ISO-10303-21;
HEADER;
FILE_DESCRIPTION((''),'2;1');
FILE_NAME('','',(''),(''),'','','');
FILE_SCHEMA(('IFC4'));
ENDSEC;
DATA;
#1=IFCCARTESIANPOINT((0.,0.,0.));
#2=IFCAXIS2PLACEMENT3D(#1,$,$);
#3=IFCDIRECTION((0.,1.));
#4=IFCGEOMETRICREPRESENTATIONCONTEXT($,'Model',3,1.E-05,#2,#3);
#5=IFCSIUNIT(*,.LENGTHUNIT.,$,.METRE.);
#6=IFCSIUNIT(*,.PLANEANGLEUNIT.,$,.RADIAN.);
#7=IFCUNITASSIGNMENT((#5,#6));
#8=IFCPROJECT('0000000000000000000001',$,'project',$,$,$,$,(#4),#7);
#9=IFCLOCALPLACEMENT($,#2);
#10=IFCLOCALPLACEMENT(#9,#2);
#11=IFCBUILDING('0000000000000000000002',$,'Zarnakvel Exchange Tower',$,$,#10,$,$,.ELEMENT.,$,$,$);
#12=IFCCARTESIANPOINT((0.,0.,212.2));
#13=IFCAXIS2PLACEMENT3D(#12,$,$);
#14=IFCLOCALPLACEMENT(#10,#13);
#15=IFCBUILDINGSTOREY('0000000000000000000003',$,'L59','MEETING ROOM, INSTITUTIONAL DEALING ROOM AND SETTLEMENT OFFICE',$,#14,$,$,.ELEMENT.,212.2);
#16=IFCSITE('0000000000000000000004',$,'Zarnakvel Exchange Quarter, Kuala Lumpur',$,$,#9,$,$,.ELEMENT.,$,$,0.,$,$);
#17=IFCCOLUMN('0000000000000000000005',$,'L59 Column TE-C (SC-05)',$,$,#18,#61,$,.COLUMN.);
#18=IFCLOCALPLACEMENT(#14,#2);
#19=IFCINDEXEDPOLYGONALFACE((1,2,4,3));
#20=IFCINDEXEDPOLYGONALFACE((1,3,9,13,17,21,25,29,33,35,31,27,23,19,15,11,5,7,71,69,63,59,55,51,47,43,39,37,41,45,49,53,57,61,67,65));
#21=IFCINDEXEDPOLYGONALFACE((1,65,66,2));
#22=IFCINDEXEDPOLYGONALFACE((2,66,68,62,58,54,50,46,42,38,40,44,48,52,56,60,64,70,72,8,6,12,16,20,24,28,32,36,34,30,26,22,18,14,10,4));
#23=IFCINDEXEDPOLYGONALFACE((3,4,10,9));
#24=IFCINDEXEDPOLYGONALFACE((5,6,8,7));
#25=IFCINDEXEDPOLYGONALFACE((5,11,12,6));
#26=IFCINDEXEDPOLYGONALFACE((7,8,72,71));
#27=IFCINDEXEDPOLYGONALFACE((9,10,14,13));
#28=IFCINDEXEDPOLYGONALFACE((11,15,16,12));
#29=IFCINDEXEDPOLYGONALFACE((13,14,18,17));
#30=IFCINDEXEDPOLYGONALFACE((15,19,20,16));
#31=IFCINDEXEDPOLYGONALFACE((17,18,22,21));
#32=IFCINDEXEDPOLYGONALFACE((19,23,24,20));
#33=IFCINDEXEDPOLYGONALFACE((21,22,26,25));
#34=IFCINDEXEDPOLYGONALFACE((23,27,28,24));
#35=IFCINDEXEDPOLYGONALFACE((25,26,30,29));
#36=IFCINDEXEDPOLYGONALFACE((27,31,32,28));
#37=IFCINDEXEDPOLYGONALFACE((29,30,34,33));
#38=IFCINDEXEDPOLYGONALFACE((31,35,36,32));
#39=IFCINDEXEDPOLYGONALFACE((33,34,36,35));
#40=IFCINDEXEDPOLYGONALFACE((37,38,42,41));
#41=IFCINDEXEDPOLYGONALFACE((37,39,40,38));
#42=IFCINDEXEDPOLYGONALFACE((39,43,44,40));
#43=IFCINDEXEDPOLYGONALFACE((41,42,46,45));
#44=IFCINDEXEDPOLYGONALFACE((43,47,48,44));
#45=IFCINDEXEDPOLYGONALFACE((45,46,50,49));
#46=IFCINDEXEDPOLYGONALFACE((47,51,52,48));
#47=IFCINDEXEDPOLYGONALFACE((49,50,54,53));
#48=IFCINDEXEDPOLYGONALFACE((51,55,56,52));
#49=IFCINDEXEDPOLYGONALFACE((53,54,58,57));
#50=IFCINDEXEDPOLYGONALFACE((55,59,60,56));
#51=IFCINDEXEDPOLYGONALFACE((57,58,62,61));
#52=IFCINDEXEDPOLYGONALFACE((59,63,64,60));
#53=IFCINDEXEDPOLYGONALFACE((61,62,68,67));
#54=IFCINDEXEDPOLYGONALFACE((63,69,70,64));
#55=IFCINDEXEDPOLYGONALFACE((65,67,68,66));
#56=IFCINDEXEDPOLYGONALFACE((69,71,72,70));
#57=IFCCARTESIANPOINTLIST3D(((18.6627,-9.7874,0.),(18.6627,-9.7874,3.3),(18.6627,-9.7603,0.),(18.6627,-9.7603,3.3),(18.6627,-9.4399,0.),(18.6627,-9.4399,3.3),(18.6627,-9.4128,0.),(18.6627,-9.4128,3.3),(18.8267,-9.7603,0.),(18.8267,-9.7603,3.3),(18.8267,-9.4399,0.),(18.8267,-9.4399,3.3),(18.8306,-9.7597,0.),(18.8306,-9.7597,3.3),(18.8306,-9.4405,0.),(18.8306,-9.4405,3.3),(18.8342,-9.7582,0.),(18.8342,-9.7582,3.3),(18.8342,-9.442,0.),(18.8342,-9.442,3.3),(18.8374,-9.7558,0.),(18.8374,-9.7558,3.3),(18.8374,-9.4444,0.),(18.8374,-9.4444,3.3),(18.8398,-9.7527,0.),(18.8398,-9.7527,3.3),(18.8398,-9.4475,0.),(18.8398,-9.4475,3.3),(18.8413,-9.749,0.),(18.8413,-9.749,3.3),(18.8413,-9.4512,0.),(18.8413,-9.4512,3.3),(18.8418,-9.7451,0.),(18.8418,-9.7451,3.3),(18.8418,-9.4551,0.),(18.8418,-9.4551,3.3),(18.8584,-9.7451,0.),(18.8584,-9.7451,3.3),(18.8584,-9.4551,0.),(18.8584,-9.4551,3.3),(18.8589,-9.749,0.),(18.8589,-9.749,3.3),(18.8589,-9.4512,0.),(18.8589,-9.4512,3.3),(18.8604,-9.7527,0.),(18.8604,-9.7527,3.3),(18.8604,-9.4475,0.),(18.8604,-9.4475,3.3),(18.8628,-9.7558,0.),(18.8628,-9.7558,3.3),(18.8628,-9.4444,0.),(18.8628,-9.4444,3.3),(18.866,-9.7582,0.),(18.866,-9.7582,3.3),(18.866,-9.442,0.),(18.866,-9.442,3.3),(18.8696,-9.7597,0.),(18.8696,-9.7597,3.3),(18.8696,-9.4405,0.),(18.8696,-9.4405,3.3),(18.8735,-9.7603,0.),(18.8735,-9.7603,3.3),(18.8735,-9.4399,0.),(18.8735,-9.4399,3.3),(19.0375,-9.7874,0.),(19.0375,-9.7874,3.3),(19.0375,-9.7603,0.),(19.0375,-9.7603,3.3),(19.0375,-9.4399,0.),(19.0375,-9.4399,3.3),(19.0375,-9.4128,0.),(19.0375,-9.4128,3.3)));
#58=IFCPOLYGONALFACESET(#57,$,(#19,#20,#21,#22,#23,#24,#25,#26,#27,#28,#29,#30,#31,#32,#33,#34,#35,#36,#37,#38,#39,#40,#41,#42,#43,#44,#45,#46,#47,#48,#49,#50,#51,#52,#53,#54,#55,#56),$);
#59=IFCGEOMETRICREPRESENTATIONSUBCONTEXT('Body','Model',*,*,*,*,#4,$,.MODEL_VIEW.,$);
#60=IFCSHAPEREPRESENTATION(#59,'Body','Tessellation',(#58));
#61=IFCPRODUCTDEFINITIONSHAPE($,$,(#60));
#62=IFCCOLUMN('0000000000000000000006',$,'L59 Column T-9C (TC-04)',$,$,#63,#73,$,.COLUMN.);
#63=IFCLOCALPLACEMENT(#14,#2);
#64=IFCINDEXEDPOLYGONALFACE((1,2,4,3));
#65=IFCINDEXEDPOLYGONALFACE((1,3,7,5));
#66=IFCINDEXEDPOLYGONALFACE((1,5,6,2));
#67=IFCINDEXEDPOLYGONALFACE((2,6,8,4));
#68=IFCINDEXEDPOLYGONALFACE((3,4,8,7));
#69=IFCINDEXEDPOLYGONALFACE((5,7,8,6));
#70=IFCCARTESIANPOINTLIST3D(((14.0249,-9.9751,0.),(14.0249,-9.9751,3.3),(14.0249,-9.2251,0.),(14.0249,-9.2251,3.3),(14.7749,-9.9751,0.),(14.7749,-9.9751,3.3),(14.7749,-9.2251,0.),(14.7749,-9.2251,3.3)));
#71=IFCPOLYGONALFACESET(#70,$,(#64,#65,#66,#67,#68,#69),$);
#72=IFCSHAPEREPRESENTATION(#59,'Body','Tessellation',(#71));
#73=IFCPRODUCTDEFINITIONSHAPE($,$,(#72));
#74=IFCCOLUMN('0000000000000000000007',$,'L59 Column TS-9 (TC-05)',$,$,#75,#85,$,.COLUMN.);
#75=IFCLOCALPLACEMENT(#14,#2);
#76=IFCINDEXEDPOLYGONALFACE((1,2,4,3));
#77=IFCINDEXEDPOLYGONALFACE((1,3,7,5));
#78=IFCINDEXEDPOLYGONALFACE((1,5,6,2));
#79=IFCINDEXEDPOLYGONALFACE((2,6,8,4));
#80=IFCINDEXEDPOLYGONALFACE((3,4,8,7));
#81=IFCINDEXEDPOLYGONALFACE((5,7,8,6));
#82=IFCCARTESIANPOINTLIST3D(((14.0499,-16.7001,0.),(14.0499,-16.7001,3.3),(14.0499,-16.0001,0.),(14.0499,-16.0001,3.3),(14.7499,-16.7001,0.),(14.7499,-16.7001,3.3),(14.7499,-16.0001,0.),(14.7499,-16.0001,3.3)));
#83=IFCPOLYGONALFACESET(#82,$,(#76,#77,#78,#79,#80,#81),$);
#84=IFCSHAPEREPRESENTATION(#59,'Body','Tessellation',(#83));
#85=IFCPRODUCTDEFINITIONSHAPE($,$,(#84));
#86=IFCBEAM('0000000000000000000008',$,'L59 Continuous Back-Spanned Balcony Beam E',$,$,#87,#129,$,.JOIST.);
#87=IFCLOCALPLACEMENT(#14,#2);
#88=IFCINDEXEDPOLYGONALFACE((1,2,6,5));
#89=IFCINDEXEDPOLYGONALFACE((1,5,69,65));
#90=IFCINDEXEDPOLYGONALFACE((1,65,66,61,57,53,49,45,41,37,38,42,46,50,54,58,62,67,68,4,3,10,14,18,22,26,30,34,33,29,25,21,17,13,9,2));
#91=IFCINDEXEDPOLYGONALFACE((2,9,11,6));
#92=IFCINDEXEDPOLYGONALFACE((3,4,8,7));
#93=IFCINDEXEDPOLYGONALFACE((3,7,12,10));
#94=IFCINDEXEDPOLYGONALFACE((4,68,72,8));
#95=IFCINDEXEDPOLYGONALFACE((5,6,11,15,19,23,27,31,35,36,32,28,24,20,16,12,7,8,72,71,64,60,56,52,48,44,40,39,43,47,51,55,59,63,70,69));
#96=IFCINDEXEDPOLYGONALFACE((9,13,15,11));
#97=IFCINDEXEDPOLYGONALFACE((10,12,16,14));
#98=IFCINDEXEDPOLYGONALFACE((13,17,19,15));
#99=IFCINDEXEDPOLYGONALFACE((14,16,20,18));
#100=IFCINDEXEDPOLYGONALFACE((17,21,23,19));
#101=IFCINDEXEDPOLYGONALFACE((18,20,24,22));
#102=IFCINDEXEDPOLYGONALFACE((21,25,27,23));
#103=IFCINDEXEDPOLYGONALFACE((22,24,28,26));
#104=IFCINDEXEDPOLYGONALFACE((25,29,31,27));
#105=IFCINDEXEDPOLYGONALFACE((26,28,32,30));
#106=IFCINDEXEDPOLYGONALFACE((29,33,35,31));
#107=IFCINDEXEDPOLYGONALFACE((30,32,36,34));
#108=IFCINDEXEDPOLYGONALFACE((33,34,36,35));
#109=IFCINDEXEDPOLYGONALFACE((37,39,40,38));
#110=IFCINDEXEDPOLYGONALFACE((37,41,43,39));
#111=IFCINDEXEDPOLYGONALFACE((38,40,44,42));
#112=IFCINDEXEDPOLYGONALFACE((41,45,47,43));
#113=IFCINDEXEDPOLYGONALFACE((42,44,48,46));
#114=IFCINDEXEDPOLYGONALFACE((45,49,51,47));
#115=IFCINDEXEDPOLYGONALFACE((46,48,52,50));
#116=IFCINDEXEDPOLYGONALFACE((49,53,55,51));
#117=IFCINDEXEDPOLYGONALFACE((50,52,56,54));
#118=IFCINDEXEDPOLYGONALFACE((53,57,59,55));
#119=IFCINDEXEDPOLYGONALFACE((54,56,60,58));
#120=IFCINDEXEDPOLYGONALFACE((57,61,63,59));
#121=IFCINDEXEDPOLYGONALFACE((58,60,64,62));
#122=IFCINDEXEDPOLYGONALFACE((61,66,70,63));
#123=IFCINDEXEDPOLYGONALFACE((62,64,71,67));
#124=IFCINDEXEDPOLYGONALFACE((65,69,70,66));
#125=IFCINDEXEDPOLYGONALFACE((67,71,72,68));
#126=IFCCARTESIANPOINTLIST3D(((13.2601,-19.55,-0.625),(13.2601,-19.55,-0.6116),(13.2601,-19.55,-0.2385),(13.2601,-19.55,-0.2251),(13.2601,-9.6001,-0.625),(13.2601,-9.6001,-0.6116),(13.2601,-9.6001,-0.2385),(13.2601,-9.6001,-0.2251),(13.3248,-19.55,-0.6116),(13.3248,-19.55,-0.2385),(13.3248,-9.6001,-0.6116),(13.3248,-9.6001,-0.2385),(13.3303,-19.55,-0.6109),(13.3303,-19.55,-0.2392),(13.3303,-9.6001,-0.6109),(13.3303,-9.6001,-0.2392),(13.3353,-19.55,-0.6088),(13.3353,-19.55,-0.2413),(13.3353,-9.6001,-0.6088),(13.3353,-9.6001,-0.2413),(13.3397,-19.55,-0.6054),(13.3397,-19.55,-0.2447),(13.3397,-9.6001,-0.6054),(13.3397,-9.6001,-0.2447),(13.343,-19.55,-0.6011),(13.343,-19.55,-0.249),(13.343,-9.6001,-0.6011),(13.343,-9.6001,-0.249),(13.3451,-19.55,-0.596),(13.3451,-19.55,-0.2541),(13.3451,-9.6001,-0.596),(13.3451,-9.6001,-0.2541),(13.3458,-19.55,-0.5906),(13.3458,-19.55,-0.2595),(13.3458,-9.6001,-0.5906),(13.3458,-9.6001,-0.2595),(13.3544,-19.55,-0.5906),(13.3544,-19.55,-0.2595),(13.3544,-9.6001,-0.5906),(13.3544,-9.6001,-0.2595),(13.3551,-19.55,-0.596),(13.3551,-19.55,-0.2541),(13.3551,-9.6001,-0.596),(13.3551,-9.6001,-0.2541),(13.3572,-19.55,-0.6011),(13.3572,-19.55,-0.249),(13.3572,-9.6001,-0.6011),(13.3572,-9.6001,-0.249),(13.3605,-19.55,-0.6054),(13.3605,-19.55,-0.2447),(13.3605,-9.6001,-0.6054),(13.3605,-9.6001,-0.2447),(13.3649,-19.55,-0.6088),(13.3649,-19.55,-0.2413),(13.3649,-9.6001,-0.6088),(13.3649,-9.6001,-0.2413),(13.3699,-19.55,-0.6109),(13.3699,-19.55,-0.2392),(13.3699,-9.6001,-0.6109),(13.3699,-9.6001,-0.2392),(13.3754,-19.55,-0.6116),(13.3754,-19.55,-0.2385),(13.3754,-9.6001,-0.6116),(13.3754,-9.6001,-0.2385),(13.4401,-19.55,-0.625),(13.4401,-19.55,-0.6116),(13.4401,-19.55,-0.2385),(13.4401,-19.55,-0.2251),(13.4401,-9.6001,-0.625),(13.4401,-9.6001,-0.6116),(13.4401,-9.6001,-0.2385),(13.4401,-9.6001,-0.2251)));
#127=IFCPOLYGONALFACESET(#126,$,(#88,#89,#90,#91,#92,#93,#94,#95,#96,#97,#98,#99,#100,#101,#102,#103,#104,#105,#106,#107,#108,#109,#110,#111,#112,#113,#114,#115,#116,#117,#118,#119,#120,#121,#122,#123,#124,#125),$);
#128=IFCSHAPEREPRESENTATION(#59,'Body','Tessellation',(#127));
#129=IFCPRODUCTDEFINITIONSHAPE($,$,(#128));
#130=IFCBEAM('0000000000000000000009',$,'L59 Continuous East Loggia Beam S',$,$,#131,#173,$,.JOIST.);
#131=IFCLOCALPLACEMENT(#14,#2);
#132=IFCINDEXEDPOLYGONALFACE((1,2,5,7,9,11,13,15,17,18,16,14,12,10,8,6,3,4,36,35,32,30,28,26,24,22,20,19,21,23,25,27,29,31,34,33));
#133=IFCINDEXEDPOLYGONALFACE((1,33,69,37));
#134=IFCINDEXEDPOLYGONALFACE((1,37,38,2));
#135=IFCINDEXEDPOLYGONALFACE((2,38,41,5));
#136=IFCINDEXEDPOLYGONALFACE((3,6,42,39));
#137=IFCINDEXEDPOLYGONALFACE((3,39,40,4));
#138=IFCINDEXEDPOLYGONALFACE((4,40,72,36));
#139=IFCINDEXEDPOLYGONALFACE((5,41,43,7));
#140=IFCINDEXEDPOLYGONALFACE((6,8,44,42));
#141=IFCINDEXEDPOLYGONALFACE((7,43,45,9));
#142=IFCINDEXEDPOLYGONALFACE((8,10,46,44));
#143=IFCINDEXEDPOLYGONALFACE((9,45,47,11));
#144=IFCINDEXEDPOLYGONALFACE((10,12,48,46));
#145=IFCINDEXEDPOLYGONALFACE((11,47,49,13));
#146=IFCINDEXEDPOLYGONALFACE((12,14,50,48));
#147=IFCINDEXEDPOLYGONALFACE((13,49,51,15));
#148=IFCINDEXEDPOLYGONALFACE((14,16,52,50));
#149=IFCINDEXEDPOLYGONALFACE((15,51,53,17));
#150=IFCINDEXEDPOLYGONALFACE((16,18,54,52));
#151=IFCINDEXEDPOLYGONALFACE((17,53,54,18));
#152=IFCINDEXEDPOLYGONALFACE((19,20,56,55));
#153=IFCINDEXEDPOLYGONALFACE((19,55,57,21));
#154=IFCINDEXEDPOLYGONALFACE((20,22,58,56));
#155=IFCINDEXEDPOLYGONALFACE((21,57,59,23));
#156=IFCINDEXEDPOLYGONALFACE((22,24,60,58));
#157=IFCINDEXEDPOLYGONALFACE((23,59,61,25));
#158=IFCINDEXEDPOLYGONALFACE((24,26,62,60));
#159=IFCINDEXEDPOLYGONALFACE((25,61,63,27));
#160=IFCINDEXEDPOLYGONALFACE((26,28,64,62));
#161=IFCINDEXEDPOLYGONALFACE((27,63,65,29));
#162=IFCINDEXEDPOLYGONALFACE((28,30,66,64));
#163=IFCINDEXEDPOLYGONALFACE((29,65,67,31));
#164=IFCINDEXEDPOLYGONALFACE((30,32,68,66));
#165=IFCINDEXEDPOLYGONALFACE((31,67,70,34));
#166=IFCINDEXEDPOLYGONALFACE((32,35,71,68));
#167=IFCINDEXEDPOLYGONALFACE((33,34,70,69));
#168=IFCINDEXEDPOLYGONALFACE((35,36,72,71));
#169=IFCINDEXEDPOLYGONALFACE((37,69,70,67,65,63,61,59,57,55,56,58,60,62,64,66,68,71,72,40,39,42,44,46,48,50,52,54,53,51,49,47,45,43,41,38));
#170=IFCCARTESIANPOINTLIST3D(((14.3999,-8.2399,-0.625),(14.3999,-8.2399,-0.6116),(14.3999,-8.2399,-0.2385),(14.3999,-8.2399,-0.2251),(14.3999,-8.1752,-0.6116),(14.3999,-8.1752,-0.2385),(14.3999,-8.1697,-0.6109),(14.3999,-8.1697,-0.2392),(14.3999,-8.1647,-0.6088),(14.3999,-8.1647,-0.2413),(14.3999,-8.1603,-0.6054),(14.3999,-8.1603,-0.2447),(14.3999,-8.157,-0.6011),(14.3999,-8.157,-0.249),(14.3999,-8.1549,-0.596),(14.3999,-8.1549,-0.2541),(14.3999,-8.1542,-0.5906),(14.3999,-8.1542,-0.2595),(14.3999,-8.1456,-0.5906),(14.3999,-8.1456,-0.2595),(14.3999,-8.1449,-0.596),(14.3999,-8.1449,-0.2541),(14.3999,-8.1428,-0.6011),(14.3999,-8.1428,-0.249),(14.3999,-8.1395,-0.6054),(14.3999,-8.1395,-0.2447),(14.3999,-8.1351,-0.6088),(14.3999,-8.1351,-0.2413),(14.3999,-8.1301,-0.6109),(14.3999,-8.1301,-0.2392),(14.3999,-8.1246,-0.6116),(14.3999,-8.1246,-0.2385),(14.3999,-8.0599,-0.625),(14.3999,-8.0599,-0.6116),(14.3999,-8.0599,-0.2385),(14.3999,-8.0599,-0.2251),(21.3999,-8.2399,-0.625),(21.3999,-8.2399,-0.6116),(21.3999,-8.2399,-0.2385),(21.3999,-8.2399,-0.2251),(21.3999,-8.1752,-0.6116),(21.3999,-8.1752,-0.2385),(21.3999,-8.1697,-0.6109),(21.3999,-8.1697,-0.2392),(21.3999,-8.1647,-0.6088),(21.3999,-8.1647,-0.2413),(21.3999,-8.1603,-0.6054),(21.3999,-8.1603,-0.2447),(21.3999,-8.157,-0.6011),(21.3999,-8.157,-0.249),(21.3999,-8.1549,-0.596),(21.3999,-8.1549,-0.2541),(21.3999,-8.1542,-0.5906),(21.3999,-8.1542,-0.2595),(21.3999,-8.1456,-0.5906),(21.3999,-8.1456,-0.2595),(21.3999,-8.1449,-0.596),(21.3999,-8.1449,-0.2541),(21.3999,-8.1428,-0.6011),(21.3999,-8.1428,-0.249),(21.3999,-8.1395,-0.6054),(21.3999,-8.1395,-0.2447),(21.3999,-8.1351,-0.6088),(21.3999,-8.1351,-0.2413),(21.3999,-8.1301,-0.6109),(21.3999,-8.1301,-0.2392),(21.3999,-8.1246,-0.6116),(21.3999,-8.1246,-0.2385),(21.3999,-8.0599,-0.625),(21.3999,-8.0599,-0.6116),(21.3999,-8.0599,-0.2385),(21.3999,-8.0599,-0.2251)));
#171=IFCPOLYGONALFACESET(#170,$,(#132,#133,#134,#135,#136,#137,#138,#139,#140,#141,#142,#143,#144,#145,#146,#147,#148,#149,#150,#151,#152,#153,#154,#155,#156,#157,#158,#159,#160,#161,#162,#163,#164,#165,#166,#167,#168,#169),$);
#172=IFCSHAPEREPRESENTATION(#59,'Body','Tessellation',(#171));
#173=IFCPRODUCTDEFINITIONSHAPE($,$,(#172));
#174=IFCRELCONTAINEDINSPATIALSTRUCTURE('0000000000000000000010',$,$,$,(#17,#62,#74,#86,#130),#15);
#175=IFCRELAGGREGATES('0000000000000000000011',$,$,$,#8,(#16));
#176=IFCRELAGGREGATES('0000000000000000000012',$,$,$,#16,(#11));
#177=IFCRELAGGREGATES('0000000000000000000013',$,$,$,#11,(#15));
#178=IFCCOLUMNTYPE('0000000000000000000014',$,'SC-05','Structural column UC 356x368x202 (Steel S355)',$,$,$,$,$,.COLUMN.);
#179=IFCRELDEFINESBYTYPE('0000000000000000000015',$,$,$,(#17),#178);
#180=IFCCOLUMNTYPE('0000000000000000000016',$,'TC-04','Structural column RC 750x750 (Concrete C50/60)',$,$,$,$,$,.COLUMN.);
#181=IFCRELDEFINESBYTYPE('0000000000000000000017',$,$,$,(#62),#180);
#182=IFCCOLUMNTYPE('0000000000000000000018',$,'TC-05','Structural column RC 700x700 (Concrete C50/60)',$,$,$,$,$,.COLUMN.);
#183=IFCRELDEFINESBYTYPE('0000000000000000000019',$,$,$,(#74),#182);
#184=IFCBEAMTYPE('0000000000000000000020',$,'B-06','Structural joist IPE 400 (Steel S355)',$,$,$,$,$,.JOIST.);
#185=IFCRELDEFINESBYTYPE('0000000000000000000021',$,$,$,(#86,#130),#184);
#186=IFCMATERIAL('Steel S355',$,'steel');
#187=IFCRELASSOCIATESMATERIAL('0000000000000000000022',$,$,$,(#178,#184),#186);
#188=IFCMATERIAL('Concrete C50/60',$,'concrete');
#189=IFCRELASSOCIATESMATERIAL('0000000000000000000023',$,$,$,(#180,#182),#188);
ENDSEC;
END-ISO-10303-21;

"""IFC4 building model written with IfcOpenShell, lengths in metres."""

from ifc_helpers import new_model, si_unit, direction, frame, origin, origin_2d, place, context, subcontext, project, spatial, rectangle, i_section, extrude, material, material_profile, profile_set, type_object, element, save


model = new_model("IFC4")

# Units and contexts
model_context = context("Model", 3, precision=1e-05, world=origin(), true_north=direction((0.0, 1.0)))
body_context = subcontext(model_context, "Body", "Model", "MODEL_VIEW")
ifc_project = project(units=[si_unit("LENGTHUNIT", "METRE"), si_unit("PLANEANGLEUNIT", "RADIAN")], contexts=[model_context])

# Site, building, storey
site_placement = place(None, origin())
site = spatial("IfcSite", under=ifc_project, at=site_placement, Name="Zarnakvel Exchange Quarter, Kuala Lumpur", CompositionType="ELEMENT", RefElevation=0.0)
building_placement = place(site_placement, origin())
building = spatial("IfcBuilding", under=site, at=building_placement, Name="Zarnakvel Exchange Tower", CompositionType="ELEMENT")
storey_placement = place(building_placement, frame((0.0, 0.0, 212.2)))
storey = spatial("IfcBuildingStorey", under=building, at=storey_placement, Name="L59", Description="MEETING ROOM, INSTITUTIONAL DEALING ROOM AND SETTLEMENT OFFICE", CompositionType="ELEMENT", Elevation=212.2)

# Columns
ifc_material_1 = material(Name="Steel S355", Category="steel")
ifc_material_profile_1 = material_profile(ifc_material_1, i_section(OverallWidth=0.3748, OverallDepth=0.3745, WebThickness=0.0166, FlangeThickness=0.0271, FilletRadius=0.0151, at=origin_2d()))
ifc_profile_set_1 = profile_set([ifc_material_profile_1], Name="Steel S355")
column_type_1 = type_object("IfcColumnType", Name="SC-05", Description="Structural column UC 356x368x202 (Steel S355)", PredefinedType="COLUMN", material=ifc_profile_set_1)
column_1_placement = place(storey_placement, frame((18.8501, -9.6001, 0.0), z_axis=(0.0, 0.0, 1.0), x_axis=(1.0, 0.0, 0.0)))
element("IfcColumn", 1, at=column_1_placement, inside=storey, type_object=column_type_1, Name="L59 Column TE-C (SC-05)", PredefinedType="COLUMN", context=body_context, shape_type="SweptSolid", body=[
    extrude(i_section(OverallWidth=0.3748, OverallDepth=0.3745, WebThickness=0.0166, FlangeThickness=0.0271, FilletRadius=0.0151, at=origin_2d()), origin(), (0.0, 0.0, 1.0), 3.3),
])
ifc_material_2 = material(Name="Concrete C50/60", Category="concrete")
ifc_material_profile_2 = material_profile(ifc_material_2, rectangle(XDim=0.75, YDim=0.75, at=origin_2d()))
ifc_profile_set_2 = profile_set([ifc_material_profile_2], Name="Concrete C50/60")
column_type_2 = type_object("IfcColumnType", Name="TC-04", Description="Structural column RC 750x750 (Concrete C50/60)", PredefinedType="COLUMN", material=ifc_profile_set_2)
column_2_placement = place(storey_placement, frame((14.3999, -9.6001, 0.0), z_axis=(0.0, 0.0, 1.0), x_axis=(1.0, 0.0, 0.0)))
element("IfcColumn", 2, at=column_2_placement, inside=storey, type_object=column_type_2, Name="L59 Column T-9C (TC-04)", PredefinedType="COLUMN", context=body_context, shape_type="SweptSolid", body=[
    extrude(rectangle(XDim=0.75, YDim=0.75, at=origin_2d()), origin(), (0.0, 0.0, 1.0), 3.3),
])
ifc_material_profile_3 = material_profile(ifc_material_2, rectangle(XDim=0.7, YDim=0.7, at=origin_2d()))
ifc_profile_set_3 = profile_set([ifc_material_profile_3], Name="Concrete C50/60")
column_type_3 = type_object("IfcColumnType", Name="TC-05", Description="Structural column RC 700x700 (Concrete C50/60)", PredefinedType="COLUMN", material=ifc_profile_set_3)
column_3_placement = place(storey_placement, frame((14.3999, -16.3501, 0.0), z_axis=(0.0, 0.0, 1.0), x_axis=(1.0, 0.0, 0.0)))
element("IfcColumn", 3, at=column_3_placement, inside=storey, type_object=column_type_3, Name="L59 Column TS-9 (TC-05)", PredefinedType="COLUMN", context=body_context, shape_type="SweptSolid", body=[
    extrude(rectangle(XDim=0.7, YDim=0.7, at=origin_2d()), origin(), (0.0, 0.0, 1.0), 3.3),
])

# Beams
ifc_material_profile_4 = material_profile(ifc_material_1, i_section(OverallWidth=0.1799, OverallDepth=0.3999, WebThickness=0.0085, FlangeThickness=0.0134, FilletRadius=0.021, at=origin_2d()))
ifc_profile_set_4 = profile_set([ifc_material_profile_4], Name="Steel S355")
beam_type_1 = type_object("IfcBeamType", Name="B-06", Description="Structural joist IPE 400 (Steel S355)", PredefinedType="JOIST", material=ifc_profile_set_4)
beam_1_placement = place(storey_placement, frame((13.3501, -9.6001, -0.425), z_axis=(0.0, -1.0, 0.0), x_axis=(1.0, 0.0, 0.0)))
element("IfcBeam", 4, at=beam_1_placement, inside=storey, type_object=beam_type_1, Name="L59 Continuous Back-Spanned Balcony Beam E", PredefinedType="JOIST", context=body_context, shape_type="SweptSolid", body=[
    extrude(i_section(OverallWidth=0.1799, OverallDepth=0.3999, WebThickness=0.0085, FlangeThickness=0.0134, FilletRadius=0.021, at=origin_2d()), origin(), (0.0, 0.0, 1.0), 9.95),
])
beam_2_placement = place(storey_placement, frame((14.3999, -8.1499, -0.425), z_axis=(1.0, 0.0, 0.0), x_axis=(0.0, 1.0, 0.0)))
element("IfcBeam", 5, at=beam_2_placement, inside=storey, type_object=beam_type_1, Name="L59 Continuous East Loggia Beam S", PredefinedType="JOIST", context=body_context, shape_type="SweptSolid", body=[
    extrude(i_section(OverallWidth=0.1799, OverallDepth=0.3999, WebThickness=0.0085, FlangeThickness=0.0134, FilletRadius=0.021, at=origin_2d()), origin(), (0.0, 0.0, 1.0), 7.0),
])

save(model, "model.ifc")
